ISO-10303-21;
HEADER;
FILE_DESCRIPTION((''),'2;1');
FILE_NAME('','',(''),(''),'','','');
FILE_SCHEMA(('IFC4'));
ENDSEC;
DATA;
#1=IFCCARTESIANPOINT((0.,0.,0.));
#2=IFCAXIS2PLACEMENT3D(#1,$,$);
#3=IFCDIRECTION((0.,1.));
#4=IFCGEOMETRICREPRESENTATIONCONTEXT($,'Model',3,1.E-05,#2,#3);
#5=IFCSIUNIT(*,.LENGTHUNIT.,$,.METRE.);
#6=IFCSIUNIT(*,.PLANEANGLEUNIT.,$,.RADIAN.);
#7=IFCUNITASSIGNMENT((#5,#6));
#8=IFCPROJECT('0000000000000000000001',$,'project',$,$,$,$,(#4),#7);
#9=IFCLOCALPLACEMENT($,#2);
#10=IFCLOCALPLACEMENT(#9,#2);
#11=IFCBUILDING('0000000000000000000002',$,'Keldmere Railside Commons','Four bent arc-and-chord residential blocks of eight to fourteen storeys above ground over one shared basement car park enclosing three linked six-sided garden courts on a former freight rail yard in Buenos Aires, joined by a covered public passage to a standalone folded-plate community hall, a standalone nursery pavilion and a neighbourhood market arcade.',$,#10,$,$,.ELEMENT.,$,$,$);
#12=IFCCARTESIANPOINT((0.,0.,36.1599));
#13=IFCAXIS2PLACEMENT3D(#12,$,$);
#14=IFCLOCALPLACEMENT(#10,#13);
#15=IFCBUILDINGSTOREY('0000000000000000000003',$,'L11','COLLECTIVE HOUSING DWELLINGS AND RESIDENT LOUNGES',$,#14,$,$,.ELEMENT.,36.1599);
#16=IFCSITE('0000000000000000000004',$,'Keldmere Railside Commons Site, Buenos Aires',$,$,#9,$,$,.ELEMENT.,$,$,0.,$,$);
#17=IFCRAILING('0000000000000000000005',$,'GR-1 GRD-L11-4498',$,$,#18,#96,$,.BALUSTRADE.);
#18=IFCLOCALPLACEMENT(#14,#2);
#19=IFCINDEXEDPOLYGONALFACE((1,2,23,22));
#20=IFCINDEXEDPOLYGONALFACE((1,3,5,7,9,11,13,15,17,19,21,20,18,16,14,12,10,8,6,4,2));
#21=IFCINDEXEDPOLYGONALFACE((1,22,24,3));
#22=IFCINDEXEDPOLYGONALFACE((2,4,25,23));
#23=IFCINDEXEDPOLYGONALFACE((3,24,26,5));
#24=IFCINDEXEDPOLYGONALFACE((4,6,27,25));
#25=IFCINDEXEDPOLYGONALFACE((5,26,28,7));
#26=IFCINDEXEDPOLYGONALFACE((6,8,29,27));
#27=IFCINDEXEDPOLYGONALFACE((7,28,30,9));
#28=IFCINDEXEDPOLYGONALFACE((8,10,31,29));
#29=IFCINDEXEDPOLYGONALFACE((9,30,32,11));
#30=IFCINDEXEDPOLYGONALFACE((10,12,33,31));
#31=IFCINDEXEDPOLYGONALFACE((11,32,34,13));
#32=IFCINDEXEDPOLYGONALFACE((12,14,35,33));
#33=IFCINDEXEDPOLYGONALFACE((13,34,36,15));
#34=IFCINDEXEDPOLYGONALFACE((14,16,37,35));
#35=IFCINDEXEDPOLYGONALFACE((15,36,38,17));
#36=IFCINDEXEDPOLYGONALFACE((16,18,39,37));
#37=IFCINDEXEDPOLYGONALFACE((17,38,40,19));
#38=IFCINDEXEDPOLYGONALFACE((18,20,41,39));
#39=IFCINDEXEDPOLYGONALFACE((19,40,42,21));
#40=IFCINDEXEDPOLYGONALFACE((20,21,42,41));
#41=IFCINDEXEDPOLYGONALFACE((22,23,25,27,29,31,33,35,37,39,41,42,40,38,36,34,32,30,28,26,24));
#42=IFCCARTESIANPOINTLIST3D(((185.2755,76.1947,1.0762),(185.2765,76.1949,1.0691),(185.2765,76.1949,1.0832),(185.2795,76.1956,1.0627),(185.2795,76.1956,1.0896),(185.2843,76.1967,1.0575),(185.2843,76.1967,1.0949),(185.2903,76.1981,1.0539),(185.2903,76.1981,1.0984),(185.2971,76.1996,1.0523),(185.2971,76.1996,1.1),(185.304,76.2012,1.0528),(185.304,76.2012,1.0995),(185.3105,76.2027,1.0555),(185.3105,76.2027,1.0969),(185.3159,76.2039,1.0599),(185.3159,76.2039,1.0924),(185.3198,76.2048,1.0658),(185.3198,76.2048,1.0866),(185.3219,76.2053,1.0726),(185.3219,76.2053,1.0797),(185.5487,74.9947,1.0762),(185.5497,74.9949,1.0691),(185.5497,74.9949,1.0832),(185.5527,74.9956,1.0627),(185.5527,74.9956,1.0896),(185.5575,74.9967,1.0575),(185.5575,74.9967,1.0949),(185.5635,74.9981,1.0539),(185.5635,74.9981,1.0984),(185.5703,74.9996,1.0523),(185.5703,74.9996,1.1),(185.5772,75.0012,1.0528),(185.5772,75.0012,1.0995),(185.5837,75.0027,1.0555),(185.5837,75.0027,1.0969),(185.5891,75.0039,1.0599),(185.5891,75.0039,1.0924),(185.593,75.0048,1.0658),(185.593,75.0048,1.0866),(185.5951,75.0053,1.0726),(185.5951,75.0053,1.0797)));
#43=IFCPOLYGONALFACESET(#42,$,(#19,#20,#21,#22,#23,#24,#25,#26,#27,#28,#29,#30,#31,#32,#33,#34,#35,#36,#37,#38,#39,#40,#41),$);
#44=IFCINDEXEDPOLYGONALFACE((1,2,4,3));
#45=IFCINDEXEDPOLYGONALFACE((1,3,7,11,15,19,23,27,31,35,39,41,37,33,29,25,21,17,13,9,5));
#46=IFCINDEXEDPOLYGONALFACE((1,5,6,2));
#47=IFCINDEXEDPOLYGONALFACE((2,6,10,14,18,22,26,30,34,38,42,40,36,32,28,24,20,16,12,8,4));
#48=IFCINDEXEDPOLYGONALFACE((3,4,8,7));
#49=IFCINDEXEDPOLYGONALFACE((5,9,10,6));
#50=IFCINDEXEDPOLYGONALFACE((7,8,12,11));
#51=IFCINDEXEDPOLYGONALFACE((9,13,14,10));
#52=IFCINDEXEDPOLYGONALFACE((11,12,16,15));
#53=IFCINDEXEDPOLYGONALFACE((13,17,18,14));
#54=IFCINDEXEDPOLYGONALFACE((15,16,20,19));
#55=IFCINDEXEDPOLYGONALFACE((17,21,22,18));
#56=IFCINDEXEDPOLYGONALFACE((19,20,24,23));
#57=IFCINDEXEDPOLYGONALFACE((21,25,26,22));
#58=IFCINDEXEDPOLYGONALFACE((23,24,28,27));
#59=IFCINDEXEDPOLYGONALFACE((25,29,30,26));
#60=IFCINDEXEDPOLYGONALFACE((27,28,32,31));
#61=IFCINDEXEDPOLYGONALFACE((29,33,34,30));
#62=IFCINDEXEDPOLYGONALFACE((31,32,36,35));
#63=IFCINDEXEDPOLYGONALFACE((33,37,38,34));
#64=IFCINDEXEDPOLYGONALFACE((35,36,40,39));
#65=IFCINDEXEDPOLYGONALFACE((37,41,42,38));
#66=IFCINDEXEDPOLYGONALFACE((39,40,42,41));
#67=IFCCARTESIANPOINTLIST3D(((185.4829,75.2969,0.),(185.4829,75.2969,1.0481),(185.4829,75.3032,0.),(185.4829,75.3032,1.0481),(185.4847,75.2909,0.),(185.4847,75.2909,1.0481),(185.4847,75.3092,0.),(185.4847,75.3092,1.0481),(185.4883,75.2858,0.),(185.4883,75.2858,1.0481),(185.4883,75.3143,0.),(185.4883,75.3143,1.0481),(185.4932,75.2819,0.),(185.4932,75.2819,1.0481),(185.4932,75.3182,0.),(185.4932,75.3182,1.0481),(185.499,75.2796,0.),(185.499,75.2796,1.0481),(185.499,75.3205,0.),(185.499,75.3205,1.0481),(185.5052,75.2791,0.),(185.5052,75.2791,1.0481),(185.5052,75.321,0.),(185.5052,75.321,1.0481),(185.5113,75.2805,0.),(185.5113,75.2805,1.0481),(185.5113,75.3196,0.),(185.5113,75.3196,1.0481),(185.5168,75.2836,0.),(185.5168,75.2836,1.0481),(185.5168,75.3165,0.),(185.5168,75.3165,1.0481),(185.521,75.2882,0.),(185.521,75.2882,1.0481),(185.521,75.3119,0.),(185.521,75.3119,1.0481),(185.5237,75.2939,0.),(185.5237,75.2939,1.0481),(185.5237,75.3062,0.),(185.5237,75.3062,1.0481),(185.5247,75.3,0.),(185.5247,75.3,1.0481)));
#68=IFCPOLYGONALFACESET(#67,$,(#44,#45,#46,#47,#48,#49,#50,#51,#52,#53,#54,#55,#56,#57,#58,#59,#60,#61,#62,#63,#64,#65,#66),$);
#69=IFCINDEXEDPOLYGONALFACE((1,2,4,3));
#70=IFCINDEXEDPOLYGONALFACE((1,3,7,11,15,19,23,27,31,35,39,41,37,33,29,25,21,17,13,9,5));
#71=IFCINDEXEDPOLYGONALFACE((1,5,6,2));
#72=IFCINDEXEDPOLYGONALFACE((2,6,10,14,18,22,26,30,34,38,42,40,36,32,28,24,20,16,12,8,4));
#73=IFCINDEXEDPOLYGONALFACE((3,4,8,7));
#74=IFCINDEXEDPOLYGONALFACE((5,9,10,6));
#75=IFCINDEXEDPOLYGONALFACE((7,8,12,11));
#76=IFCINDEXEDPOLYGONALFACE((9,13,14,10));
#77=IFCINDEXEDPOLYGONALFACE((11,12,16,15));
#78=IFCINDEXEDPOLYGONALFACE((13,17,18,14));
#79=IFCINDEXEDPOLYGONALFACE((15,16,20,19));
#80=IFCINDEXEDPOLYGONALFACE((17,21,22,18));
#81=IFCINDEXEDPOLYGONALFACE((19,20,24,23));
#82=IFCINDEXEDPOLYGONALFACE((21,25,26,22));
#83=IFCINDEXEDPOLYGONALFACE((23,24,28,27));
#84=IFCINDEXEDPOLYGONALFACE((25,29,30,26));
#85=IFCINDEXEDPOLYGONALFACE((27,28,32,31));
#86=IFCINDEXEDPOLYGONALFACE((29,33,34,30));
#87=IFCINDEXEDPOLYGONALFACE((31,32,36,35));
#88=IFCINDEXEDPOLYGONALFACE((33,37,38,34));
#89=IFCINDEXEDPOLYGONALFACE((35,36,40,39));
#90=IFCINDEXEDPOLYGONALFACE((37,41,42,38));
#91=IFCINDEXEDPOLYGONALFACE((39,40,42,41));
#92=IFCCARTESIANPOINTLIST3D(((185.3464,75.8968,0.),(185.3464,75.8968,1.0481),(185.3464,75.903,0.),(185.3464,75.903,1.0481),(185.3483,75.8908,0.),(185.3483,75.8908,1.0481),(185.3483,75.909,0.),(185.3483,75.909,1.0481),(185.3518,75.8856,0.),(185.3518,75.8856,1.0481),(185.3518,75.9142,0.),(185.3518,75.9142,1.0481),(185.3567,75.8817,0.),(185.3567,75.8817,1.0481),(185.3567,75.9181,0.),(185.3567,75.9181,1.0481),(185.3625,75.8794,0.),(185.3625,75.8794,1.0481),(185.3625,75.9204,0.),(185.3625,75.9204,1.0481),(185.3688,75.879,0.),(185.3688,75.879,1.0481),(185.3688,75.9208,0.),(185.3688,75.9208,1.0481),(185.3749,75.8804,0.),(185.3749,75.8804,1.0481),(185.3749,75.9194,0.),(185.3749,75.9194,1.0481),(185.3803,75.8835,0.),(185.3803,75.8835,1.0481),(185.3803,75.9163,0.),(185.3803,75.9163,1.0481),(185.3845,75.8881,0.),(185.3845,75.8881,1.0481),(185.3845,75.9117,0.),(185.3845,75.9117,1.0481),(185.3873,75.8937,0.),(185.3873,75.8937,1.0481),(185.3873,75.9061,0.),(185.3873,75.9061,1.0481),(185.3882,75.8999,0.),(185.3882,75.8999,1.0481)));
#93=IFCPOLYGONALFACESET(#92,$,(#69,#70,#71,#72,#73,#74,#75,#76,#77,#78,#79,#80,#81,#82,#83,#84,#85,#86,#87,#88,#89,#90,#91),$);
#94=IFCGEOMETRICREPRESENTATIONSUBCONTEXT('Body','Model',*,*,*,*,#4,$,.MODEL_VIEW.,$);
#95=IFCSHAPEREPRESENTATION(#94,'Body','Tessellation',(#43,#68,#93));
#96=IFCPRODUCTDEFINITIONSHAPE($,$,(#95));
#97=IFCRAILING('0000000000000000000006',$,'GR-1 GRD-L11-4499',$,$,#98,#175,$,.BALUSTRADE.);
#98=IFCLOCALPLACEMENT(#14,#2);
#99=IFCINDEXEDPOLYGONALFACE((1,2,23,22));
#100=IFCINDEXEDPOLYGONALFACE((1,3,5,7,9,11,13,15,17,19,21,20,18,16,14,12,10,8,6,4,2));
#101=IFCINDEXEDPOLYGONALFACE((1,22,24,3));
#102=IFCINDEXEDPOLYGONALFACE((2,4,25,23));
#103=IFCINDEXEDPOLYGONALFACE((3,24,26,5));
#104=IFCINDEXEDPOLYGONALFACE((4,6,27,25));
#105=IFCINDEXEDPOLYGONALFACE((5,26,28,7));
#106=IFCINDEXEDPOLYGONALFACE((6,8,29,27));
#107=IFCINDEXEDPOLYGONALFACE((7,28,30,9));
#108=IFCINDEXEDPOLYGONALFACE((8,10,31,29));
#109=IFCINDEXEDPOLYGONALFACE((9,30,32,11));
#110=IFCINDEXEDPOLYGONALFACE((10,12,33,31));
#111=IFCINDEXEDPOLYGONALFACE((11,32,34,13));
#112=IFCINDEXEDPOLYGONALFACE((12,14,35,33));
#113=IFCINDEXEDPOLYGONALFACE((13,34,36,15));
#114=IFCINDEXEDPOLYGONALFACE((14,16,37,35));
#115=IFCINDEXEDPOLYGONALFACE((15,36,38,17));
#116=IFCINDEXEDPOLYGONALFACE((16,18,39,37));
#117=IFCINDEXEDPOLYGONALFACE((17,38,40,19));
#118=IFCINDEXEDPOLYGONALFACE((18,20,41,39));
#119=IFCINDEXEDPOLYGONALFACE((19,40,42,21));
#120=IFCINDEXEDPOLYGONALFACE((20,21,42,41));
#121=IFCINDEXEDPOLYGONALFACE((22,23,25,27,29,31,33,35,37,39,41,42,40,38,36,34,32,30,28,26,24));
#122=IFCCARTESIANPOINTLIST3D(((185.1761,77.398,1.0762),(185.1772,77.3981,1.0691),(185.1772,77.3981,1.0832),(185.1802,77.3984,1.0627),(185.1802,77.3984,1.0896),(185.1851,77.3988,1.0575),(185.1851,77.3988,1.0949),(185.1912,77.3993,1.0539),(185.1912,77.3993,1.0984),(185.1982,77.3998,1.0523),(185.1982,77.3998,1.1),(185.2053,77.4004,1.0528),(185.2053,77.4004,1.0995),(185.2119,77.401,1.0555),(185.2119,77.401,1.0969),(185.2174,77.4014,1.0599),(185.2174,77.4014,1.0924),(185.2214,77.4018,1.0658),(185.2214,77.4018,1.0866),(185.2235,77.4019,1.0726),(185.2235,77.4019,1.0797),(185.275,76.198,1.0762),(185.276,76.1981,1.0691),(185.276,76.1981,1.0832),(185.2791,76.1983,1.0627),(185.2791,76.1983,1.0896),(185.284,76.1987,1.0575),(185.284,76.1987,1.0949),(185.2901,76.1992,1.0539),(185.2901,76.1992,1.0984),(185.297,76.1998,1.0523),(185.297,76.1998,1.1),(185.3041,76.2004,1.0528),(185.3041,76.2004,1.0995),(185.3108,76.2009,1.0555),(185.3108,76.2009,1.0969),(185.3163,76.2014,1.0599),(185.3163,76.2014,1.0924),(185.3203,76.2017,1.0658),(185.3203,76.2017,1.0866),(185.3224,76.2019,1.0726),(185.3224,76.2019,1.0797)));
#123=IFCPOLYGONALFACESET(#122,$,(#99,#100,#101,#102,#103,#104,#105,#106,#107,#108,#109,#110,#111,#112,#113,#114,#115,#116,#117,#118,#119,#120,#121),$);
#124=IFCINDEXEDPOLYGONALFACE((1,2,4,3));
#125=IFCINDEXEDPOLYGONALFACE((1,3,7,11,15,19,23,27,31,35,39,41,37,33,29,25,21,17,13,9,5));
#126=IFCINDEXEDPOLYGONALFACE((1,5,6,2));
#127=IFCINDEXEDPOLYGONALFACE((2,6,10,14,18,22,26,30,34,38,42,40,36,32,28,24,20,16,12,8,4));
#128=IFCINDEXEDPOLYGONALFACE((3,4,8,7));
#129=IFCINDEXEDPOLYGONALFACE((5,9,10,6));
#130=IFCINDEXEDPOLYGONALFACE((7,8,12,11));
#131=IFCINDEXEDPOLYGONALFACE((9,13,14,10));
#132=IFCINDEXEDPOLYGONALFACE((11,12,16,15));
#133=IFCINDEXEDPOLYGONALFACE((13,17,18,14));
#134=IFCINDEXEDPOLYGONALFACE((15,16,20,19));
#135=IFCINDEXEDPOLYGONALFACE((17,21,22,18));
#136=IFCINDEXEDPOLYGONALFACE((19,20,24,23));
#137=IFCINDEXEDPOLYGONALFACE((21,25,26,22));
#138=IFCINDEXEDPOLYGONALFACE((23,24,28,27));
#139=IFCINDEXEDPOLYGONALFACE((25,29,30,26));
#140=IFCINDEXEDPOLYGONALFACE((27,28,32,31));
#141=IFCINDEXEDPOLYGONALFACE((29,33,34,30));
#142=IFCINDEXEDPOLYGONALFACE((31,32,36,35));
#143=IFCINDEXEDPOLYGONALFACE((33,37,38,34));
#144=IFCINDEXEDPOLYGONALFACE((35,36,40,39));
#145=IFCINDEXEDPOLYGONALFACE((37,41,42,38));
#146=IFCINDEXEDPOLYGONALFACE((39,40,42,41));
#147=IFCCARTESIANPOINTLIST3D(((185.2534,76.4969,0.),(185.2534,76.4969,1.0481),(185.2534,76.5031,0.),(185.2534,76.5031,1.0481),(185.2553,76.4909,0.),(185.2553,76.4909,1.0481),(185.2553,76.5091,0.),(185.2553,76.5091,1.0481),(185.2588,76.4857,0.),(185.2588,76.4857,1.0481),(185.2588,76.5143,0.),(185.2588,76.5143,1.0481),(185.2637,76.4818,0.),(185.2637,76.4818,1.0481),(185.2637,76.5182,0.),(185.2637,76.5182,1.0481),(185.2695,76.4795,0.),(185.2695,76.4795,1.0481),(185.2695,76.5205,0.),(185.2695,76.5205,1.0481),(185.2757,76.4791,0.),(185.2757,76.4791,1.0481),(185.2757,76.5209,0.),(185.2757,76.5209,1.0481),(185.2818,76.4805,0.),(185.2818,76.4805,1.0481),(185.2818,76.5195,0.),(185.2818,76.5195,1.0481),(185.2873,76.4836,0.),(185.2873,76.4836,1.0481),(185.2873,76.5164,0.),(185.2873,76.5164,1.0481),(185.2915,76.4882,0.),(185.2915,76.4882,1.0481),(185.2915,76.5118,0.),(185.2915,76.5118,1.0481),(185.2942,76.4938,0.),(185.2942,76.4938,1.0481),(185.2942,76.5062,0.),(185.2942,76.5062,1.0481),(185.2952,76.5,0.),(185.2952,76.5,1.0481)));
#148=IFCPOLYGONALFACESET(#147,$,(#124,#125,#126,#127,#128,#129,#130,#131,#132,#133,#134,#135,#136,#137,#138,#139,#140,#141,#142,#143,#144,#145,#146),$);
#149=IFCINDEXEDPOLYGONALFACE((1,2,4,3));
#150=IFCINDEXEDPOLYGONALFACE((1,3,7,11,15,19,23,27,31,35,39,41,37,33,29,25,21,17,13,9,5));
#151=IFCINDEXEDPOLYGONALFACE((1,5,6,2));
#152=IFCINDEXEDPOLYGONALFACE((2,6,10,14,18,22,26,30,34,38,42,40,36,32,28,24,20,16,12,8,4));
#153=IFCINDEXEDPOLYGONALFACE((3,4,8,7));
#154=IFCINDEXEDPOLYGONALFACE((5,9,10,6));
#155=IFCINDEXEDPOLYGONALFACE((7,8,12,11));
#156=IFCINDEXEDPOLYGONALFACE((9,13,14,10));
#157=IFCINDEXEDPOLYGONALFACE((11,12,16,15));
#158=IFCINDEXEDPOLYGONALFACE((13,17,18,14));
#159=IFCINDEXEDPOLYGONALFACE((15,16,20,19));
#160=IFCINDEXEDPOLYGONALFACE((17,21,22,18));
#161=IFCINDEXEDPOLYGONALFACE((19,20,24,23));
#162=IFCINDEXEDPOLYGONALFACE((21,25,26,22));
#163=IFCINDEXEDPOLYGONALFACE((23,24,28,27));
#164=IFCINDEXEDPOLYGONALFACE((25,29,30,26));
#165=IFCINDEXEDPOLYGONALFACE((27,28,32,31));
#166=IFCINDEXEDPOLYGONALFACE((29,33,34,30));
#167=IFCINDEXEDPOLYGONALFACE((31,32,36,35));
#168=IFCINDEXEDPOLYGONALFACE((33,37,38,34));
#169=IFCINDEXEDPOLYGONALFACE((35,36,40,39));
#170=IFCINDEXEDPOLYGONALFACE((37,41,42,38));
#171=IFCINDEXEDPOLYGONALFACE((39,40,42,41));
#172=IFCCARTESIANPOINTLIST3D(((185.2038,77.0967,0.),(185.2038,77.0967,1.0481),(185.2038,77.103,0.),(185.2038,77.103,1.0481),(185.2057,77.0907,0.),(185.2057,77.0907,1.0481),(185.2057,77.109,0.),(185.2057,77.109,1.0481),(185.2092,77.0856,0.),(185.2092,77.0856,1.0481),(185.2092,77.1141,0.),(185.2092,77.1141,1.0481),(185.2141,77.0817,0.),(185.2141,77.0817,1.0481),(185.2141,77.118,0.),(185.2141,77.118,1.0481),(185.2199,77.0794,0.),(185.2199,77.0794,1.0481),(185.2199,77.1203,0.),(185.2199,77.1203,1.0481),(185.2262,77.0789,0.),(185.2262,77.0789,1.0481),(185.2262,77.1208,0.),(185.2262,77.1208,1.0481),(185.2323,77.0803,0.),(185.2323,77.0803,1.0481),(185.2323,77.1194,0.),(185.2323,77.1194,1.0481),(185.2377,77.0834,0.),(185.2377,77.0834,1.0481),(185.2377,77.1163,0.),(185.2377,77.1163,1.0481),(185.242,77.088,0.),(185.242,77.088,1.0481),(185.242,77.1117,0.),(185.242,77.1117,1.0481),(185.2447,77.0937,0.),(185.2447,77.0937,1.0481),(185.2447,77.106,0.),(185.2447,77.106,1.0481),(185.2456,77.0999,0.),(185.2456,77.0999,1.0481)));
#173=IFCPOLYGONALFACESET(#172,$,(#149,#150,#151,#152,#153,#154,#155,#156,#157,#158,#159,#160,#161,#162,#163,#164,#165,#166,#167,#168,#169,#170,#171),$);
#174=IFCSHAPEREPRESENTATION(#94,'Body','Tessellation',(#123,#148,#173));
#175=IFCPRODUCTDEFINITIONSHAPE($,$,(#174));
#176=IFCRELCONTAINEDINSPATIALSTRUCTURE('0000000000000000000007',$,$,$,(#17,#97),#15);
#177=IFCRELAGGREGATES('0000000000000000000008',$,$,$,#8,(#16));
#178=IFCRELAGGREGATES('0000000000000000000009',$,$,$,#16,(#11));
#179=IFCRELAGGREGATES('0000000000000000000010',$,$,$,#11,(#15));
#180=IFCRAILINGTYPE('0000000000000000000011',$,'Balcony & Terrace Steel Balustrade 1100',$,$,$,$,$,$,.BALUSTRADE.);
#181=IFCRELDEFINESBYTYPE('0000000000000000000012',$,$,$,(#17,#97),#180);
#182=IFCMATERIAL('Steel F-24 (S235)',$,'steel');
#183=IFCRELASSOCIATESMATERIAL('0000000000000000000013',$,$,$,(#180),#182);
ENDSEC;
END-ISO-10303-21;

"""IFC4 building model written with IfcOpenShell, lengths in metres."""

from ifc_helpers import new_model, si_unit, direction, frame, origin, origin_2d, place, context, subcontext, project, spatial, circle, extrude, material, type_object, element, save


model = new_model("IFC4")

# Units and contexts
model_context = context("Model", 3, precision=1e-05, world=origin(), true_north=direction((0.0, 1.0)))
body_context = subcontext(model_context, "Body", "Model", "MODEL_VIEW")
ifc_project = project(units=[si_unit("LENGTHUNIT", "METRE"), si_unit("PLANEANGLEUNIT", "RADIAN")], contexts=[model_context])

# Site, building, storey
site_placement = place(None, origin())
site = spatial("IfcSite", under=ifc_project, at=site_placement, Name="Keldmere Railside Commons Site, Buenos Aires", CompositionType="ELEMENT", RefElevation=0.0)
building_placement = place(site_placement, origin())
building = spatial("IfcBuilding", under=site, at=building_placement, Name="Keldmere Railside Commons", Description="Four bent arc-and-chord residential blocks of eight to fourteen storeys above ground over one shared basement car park enclosing three linked six-sided garden courts on a former freight rail yard in Buenos Aires, joined by a covered public passage to a standalone folded-plate community hall, a standalone nursery pavilion and a neighbourhood market arcade.", CompositionType="ELEMENT")
storey_placement = place(building_placement, frame((0.0, 0.0, 36.1599)))
storey = spatial("IfcBuildingStorey", under=building, at=storey_placement, Name="L11", Description="COLLECTIVE HOUSING DWELLINGS AND RESIDENT LOUNGES", CompositionType="ELEMENT", Elevation=36.1599)

# Shared definitions
ifc_material_1 = material(Name="Steel F-24 (S235)", Category="steel")

# Railings
railing_type_1 = type_object("IfcRailingType", Name="Balcony & Terrace Steel Balustrade 1100", PredefinedType="BALUSTRADE", material=ifc_material_1)
railing_1_placement = place(storey_placement, frame((185.572, 75.0, 0.0)))
element("IfcRailing", 1, at=railing_1_placement, inside=storey, type_object=railing_type_1, Name="GR-1 GRD-L11-4498", PredefinedType="BALUSTRADE", context=body_context, shape_type="SweptSolid", body=[
    extrude(circle(Radius=0.0239, at=origin_2d()), frame((0.0, 0.0, 1.0762), z_axis=(-0.22199, 0.975049, 0.0), x_axis=(-0.975049, -0.22199, 0.0)), (0.0, 0.0, 1.0), 1.2307),
    extrude(circle(Radius=0.021, at=origin_2d()), frame((-0.0684, 0.3, 0.0)), (0.0, 0.0, 1.0), 1.0481),
    extrude(circle(Radius=0.021, at=origin_2d()), frame((-0.2048, 0.8999, 0.0)), (0.0, 0.0, 1.0), 1.0481),
])
railing_2_placement = place(storey_placement, frame((185.2988, 76.2, 0.0)))
element("IfcRailing", 2, at=railing_2_placement, inside=storey, type_object=railing_type_1, Name="GR-1 GRD-L11-4499", PredefinedType="BALUSTRADE", context=body_context, shape_type="SweptSolid", body=[
    extrude(circle(Radius=0.0239, at=origin_2d()), frame((0.0, 0.0, 1.0762), z_axis=(-0.082122, 0.996622, 0.0), x_axis=(-0.996622, -0.082122, 0.0)), (0.0, 0.0, 1.0), 1.2041),
    extrude(circle(Radius=0.021, at=origin_2d()), frame((-0.0247, 0.3, 0.0)), (0.0, 0.0, 1.0), 1.0481),
    extrude(circle(Radius=0.021, at=origin_2d()), frame((-0.0742, 0.8999, 0.0)), (0.0, 0.0, 1.0), 1.0481),
])

save(model, "model.ifc")
